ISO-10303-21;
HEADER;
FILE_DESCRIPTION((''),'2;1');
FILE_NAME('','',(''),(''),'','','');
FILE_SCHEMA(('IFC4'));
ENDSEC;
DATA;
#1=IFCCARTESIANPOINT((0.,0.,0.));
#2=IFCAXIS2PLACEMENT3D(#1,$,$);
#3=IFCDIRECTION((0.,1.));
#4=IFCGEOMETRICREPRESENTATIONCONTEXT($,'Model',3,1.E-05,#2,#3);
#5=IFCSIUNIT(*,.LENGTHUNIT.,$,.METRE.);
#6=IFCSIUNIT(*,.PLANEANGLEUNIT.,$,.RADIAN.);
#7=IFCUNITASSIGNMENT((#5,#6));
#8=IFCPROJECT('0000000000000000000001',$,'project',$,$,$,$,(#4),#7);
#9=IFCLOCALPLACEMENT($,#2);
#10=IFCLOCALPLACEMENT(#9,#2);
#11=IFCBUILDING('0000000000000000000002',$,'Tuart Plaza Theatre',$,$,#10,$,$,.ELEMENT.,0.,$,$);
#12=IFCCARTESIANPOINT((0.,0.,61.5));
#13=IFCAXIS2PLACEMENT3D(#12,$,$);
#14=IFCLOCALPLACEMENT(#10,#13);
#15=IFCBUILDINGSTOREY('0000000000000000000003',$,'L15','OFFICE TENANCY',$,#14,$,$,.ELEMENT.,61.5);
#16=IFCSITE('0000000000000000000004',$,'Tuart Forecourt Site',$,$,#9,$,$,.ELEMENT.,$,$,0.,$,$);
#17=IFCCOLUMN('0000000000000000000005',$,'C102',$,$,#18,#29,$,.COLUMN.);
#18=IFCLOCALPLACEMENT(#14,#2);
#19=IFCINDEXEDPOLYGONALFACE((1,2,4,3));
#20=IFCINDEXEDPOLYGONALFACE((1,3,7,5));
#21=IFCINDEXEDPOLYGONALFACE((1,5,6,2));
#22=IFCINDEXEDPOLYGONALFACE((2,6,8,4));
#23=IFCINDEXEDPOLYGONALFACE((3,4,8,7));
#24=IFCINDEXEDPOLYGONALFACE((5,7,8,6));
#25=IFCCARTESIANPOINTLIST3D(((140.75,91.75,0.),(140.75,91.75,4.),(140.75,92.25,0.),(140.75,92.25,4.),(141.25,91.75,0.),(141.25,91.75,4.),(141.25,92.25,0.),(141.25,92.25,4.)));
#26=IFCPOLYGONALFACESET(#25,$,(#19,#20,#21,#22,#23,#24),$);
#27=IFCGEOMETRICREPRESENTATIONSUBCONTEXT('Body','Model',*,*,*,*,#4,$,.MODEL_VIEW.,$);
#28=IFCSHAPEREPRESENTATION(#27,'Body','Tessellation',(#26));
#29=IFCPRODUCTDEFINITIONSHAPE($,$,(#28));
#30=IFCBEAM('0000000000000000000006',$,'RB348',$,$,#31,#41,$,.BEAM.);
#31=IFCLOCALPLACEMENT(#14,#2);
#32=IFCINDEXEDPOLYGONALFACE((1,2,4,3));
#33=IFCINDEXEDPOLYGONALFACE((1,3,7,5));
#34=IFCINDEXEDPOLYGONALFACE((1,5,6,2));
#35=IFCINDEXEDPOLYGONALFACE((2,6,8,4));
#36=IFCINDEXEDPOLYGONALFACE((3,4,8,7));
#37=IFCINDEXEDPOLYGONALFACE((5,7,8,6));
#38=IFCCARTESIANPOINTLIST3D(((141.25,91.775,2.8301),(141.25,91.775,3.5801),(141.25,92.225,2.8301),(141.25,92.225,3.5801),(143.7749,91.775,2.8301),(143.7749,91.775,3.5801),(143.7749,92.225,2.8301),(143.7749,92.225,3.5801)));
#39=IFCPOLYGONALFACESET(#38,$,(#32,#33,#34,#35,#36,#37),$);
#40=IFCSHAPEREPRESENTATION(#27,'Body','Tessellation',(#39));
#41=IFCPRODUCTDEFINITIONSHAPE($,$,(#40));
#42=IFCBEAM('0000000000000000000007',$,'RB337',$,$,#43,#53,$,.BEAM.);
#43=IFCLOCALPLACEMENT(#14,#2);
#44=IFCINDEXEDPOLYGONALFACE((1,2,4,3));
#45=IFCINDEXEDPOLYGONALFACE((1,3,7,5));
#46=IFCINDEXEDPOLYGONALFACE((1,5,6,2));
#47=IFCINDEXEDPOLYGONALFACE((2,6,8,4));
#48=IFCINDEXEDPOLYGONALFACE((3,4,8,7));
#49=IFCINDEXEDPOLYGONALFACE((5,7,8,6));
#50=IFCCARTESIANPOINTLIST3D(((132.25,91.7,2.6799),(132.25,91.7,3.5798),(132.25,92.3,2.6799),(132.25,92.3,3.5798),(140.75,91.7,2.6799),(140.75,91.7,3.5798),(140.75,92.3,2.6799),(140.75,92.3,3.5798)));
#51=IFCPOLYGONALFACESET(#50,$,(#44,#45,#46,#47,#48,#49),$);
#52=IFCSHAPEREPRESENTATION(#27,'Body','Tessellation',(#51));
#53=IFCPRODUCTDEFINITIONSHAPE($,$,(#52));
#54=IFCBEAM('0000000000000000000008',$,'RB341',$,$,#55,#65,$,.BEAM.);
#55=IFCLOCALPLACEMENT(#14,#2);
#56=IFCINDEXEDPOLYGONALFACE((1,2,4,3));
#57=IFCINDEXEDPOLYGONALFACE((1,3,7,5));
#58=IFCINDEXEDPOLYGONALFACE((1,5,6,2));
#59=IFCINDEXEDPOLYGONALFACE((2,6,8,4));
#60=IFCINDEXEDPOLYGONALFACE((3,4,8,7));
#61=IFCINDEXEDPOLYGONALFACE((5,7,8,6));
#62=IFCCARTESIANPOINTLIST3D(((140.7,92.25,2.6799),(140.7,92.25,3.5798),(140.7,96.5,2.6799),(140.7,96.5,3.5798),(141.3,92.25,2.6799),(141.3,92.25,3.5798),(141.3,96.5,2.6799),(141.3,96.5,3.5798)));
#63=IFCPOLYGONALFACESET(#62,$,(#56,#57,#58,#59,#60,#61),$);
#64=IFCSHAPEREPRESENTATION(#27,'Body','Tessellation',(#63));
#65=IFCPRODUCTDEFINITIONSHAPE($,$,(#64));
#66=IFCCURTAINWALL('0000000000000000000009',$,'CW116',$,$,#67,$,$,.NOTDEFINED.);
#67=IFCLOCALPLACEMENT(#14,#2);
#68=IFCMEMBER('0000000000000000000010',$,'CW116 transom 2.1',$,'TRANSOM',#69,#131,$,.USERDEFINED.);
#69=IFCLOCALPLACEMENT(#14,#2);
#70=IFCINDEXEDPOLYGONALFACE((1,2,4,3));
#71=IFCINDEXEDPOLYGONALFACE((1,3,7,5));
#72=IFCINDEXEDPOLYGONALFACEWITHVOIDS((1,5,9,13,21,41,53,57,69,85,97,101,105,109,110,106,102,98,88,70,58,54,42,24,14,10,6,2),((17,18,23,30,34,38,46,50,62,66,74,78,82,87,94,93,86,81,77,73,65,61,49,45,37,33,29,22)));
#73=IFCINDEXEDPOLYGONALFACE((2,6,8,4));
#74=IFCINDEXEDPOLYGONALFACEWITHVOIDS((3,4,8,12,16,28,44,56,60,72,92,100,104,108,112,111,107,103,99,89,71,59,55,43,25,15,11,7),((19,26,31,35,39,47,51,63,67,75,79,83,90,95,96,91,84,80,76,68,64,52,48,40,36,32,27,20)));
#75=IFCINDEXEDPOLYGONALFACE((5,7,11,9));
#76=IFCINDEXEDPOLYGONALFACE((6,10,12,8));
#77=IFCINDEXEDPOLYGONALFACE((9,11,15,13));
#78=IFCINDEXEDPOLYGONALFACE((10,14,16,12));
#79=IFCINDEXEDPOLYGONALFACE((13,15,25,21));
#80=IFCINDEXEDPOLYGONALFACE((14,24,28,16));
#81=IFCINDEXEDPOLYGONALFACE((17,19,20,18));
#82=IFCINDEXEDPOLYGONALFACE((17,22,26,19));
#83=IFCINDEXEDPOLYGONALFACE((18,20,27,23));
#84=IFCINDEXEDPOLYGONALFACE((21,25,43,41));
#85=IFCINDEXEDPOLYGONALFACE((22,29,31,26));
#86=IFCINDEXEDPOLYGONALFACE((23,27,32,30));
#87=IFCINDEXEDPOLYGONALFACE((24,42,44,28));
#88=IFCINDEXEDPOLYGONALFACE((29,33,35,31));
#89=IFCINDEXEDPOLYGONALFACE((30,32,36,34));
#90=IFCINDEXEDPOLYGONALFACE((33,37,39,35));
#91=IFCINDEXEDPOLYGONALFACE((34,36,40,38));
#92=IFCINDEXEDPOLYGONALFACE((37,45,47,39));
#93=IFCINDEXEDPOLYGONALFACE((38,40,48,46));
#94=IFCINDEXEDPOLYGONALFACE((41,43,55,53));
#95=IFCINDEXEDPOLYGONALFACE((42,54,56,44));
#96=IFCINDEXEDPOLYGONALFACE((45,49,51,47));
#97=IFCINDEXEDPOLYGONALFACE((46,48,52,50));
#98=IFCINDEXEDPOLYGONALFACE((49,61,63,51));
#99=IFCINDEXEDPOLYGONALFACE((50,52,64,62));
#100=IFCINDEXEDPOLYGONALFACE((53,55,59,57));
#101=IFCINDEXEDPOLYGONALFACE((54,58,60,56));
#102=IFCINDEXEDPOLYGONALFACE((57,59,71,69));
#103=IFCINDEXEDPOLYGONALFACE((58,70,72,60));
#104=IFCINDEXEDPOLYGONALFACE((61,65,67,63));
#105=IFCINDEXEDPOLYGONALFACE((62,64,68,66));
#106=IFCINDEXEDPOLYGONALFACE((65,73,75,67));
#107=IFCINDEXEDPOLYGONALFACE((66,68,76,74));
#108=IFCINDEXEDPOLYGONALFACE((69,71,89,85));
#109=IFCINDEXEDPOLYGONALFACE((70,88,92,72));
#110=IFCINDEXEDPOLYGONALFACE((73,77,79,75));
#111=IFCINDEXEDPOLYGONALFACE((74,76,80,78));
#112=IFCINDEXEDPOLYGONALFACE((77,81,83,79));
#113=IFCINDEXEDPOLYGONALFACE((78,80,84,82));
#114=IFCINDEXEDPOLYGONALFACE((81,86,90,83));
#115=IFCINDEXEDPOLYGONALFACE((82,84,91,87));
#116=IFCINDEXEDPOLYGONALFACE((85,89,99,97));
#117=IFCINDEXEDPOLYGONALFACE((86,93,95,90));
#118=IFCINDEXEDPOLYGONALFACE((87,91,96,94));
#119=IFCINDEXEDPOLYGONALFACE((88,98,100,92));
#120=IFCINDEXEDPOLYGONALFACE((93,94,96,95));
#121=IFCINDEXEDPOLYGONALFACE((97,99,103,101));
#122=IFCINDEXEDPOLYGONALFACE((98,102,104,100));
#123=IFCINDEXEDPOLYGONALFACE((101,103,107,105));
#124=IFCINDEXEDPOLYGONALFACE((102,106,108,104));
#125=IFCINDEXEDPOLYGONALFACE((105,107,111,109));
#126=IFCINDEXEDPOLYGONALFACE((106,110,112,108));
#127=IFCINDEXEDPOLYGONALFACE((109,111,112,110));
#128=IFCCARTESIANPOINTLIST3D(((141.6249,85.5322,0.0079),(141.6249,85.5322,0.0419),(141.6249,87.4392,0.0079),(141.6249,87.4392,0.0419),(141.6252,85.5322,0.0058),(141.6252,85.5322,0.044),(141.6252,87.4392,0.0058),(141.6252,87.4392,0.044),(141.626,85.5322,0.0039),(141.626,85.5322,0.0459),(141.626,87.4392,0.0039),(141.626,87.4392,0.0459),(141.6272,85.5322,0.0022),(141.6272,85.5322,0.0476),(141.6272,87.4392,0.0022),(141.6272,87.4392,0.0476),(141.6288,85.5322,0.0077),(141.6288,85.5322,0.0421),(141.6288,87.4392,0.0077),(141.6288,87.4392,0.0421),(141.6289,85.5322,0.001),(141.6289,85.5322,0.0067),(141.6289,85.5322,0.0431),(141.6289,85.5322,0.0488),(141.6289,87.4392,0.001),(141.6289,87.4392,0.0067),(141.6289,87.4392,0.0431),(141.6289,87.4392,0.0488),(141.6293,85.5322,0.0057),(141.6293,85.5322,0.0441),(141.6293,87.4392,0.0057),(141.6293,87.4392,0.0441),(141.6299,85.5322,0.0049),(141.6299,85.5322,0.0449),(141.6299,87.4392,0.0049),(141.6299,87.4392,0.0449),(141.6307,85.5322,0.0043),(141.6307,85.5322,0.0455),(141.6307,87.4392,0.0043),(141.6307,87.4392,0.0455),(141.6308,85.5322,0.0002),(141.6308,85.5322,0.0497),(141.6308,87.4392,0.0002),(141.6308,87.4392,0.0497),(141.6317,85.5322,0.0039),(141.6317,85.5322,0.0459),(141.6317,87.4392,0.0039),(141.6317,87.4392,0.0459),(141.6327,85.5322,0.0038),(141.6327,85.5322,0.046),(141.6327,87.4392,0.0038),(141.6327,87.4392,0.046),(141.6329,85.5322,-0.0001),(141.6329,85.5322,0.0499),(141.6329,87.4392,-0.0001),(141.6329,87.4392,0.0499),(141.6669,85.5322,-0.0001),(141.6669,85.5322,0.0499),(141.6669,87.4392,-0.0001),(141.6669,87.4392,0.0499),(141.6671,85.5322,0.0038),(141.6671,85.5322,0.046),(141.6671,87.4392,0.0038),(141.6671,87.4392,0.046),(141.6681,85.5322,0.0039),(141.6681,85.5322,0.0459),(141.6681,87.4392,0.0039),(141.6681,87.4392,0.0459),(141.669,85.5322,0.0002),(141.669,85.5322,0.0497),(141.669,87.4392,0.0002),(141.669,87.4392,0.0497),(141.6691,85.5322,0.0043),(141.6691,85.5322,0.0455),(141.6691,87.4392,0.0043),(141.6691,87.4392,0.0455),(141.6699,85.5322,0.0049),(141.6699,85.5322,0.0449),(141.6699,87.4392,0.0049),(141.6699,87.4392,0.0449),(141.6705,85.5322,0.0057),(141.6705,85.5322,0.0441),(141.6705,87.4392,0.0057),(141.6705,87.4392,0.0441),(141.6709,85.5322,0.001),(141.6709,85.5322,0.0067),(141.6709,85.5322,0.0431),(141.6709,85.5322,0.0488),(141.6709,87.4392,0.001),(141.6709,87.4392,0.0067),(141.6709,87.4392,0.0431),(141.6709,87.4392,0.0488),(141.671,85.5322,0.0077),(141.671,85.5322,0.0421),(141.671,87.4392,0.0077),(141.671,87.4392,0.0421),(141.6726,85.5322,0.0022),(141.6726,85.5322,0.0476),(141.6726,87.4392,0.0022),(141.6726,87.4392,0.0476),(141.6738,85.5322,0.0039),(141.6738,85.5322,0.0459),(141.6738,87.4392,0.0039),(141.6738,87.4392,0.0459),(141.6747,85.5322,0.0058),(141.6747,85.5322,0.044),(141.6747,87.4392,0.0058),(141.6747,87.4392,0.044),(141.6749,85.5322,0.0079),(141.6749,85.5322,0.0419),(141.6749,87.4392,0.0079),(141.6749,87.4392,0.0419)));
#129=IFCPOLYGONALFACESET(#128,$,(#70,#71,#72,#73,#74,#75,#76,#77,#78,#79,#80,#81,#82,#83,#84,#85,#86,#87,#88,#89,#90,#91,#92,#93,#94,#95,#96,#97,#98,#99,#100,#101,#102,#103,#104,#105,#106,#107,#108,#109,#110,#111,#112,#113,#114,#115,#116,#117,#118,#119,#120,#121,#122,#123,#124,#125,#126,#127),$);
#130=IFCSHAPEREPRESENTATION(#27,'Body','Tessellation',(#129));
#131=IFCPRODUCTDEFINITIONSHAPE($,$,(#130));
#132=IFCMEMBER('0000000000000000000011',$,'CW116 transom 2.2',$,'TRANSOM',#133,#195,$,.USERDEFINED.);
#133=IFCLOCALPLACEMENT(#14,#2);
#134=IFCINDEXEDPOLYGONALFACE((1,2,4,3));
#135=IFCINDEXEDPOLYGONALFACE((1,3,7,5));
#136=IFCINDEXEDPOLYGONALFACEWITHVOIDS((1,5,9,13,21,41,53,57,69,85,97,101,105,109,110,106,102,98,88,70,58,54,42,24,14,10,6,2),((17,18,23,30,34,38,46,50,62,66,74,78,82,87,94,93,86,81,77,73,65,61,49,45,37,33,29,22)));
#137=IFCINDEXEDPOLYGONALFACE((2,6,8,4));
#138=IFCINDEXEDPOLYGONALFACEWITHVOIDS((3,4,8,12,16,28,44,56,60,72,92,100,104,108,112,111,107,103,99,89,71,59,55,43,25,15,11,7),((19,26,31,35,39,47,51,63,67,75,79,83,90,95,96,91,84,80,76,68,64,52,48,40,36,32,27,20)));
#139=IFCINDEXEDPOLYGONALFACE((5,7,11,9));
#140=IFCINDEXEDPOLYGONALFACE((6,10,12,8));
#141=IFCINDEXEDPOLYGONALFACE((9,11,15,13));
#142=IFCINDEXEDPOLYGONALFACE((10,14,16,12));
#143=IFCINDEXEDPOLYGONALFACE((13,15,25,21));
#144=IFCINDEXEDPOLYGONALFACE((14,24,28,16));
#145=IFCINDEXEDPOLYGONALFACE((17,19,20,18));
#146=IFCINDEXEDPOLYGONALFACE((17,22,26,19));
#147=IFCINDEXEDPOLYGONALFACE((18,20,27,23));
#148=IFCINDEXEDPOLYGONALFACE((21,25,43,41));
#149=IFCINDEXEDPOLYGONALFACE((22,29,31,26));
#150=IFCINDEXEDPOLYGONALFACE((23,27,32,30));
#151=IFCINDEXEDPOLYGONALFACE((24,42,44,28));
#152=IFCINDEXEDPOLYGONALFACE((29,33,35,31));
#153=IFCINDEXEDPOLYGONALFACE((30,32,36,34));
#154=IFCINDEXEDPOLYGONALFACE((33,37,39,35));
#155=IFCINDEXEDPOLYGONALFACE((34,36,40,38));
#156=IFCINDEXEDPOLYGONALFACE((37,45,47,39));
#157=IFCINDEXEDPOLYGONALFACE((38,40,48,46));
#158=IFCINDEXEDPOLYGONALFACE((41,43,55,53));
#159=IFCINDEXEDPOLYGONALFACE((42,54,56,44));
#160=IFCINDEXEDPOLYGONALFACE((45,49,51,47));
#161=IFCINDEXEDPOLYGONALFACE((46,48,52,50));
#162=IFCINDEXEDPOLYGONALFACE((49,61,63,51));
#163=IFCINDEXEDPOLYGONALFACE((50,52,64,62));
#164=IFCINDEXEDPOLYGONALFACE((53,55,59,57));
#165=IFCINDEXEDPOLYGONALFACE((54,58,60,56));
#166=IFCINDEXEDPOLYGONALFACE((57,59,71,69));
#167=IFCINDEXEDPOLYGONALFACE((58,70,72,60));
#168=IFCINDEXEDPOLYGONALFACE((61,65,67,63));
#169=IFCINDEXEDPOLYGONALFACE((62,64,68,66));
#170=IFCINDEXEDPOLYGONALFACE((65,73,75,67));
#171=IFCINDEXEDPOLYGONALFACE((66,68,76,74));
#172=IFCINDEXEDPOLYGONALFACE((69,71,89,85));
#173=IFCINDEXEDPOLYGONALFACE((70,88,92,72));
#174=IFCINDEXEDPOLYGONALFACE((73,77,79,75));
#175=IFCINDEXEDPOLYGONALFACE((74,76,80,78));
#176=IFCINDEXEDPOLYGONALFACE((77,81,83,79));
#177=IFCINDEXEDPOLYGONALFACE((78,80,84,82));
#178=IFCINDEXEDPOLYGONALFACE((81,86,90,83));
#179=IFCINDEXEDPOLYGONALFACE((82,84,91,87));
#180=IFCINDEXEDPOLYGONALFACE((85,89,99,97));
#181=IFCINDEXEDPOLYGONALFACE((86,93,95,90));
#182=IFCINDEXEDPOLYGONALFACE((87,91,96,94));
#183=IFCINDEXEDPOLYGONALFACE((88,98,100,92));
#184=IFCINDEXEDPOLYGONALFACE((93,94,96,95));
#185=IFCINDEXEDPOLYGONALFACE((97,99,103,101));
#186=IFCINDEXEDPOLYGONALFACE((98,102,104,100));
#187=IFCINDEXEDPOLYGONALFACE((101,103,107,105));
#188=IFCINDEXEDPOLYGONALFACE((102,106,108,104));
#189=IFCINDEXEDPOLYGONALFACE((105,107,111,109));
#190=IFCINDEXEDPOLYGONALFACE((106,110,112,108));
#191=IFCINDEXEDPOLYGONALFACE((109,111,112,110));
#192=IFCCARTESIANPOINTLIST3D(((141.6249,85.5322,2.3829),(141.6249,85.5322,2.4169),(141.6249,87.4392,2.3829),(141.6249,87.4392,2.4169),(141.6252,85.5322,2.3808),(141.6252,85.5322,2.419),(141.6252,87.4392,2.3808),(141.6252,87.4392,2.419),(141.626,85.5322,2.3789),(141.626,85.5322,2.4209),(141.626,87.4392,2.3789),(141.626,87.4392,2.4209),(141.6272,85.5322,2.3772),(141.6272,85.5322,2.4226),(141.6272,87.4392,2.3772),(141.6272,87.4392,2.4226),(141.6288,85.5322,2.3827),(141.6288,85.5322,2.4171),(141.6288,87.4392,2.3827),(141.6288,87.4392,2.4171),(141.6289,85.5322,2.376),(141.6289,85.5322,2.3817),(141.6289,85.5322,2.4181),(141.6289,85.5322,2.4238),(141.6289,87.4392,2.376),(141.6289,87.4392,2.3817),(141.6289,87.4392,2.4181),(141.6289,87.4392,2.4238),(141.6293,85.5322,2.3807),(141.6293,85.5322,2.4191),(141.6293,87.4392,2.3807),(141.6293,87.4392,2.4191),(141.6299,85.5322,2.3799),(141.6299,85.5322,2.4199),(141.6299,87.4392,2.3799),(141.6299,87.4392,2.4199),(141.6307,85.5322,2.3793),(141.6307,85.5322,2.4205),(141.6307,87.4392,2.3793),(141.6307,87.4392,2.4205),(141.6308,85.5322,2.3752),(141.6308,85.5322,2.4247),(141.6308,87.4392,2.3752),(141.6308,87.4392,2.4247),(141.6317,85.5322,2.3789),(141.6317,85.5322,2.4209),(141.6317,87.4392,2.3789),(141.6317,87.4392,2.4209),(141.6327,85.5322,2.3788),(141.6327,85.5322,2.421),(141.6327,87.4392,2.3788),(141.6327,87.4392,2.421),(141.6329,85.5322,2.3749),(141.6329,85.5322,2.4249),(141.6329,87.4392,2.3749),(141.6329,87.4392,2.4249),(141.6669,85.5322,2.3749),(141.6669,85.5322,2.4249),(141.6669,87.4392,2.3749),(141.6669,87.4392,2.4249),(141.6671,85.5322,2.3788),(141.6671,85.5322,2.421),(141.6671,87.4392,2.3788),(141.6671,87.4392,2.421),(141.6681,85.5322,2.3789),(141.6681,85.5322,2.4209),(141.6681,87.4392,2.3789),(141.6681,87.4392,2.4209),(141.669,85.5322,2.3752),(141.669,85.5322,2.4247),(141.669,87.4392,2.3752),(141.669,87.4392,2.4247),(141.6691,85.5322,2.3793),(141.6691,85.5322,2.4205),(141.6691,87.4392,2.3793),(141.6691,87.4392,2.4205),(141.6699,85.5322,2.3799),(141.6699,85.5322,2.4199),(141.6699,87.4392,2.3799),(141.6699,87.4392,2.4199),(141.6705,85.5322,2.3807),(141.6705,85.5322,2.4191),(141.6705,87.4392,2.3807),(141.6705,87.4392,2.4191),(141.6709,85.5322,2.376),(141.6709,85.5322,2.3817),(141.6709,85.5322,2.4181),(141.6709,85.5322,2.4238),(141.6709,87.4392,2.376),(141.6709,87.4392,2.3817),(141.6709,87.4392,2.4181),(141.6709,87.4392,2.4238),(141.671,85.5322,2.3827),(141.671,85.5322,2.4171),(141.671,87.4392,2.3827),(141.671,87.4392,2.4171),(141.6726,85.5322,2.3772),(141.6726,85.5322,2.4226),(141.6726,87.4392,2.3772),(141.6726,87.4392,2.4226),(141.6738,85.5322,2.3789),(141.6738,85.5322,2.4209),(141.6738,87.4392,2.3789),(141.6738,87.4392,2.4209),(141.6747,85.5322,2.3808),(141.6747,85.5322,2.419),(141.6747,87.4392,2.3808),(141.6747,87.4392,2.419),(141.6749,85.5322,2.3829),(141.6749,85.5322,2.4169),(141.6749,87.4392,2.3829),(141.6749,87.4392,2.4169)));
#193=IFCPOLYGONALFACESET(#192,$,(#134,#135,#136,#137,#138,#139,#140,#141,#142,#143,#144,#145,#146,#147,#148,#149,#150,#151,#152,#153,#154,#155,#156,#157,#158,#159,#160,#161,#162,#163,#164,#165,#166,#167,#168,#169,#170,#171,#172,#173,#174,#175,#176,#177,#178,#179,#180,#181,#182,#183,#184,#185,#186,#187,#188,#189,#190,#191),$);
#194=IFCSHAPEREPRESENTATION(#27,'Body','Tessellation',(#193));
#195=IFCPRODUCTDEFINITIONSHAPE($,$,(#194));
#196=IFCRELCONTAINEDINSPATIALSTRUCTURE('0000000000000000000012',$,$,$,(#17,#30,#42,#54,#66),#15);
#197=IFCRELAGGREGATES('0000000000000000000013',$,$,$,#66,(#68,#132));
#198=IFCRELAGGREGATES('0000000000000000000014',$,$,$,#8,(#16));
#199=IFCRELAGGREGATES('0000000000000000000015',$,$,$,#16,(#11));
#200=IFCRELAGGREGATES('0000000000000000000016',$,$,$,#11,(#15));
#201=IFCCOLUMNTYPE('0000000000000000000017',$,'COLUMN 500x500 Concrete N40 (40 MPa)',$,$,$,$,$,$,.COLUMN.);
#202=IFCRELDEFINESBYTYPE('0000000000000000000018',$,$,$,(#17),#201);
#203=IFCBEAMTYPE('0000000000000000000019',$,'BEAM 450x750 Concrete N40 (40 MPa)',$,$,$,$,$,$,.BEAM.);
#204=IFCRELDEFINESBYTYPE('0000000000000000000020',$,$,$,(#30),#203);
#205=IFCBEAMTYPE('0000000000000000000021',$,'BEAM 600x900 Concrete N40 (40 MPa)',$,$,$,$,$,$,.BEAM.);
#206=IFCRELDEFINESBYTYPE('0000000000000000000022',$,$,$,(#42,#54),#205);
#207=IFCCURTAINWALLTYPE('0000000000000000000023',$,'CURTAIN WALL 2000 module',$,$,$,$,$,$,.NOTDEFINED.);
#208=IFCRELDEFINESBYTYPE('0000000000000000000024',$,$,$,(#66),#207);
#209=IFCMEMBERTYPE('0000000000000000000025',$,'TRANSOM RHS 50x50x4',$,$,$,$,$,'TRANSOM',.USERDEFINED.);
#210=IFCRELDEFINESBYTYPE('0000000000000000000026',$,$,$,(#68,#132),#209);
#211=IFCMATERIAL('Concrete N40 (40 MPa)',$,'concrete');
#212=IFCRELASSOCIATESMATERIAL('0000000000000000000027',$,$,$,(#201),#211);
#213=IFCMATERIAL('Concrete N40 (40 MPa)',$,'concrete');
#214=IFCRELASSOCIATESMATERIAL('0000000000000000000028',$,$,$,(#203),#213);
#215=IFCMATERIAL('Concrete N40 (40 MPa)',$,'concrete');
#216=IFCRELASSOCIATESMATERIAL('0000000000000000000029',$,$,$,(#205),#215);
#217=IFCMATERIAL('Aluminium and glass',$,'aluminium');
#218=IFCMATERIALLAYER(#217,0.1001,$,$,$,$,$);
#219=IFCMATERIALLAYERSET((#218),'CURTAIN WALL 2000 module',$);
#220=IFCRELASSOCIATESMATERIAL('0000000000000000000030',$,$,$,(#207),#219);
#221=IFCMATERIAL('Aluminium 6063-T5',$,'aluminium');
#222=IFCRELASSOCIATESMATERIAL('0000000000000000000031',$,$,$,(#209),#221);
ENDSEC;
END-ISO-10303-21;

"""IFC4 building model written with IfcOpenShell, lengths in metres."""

from ifc_helpers import new_model, si_unit, direction, frame, origin, origin_2d, place, context, subcontext, project, spatial, rectangle, hollow_rectangle, extrude, material, layer, layer_set, material_profile, profile_set, type_object, element, aggregate, save


model = new_model("IFC4")

# Units and contexts
model_context = context("Model", 3, precision=1e-05, world=origin(), true_north=direction((0.0, 1.0)))
body_context = subcontext(model_context, "Body", "Model", "MODEL_VIEW")
ifc_project = project(units=[si_unit("LENGTHUNIT", "METRE"), si_unit("PLANEANGLEUNIT", "RADIAN")], contexts=[model_context])

# Site, building, storey
site_placement = place(None, origin())
site = spatial("IfcSite", under=ifc_project, at=site_placement, Name="Tuart Forecourt Site", CompositionType="ELEMENT", RefElevation=0.0)
building_placement = place(site_placement, origin())
building = spatial("IfcBuilding", under=site, at=building_placement, Name="Tuart Plaza Theatre", CompositionType="ELEMENT", ElevationOfRefHeight=0.0)
storey_placement = place(building_placement, frame((0.0, 0.0, 61.5)))
storey = spatial("IfcBuildingStorey", under=building, at=storey_placement, Name="L15", Description="OFFICE TENANCY", CompositionType="ELEMENT", Elevation=61.5)

# Column
ifc_material_1 = material(Name="Concrete N40 (40 MPa)", Category="concrete")
ifc_material_profile_1 = material_profile(ifc_material_1, rectangle(XDim=0.5, YDim=0.5, at=origin_2d()), Name="COLUMN 500x500 Concrete N40 (40 MPa)")
ifc_profile_set_1 = profile_set([ifc_material_profile_1], Name="Concrete N40 (40 MPa)")
column_type = type_object("IfcColumnType", Name="COLUMN 500x500 Concrete N40 (40 MPa)", PredefinedType="COLUMN", material=ifc_profile_set_1)
column_placement = place(storey_placement, frame((141.0, 92.0, 0.0), z_axis=(0.0, 0.0, 1.0), x_axis=(1.0, 0.0, 0.0)))
element("IfcColumn", 1, at=column_placement, inside=storey, type_object=column_type, Name="C102", PredefinedType="COLUMN", context=body_context, shape_type="SweptSolid", body=[
    extrude(rectangle(XDim=0.5, YDim=0.5, at=origin_2d()), origin(), (0.0, 0.0, 1.0), 4.0),
])

# Beams
ifc_material_2 = material(Name="Concrete N40 (40 MPa)", Category="concrete")
ifc_material_profile_2 = material_profile(ifc_material_2, rectangle(XDim=0.45, YDim=0.75, at=origin_2d()), Name="BEAM 450x750 Concrete N40 (40 MPa)")
ifc_profile_set_2 = profile_set([ifc_material_profile_2], Name="Concrete N40 (40 MPa)")
beam_type_1 = type_object("IfcBeamType", Name="BEAM 450x750 Concrete N40 (40 MPa)", PredefinedType="BEAM", material=ifc_profile_set_2)
beam_1_placement = place(storey_placement, frame((141.25, 92.0, 3.2051), z_axis=(1.0, 0.0, 0.0), x_axis=(0.0, 1.0, 0.0)))
element("IfcBeam", 2, at=beam_1_placement, inside=storey, type_object=beam_type_1, Name="RB348", PredefinedType="BEAM", context=body_context, shape_type="SweptSolid", body=[
    extrude(rectangle(XDim=0.45, YDim=0.75, at=origin_2d()), origin(), (0.0, 0.0, 1.0), 2.5249),
])
ifc_material_3 = material(Name="Concrete N40 (40 MPa)", Category="concrete")
ifc_material_profile_3 = material_profile(ifc_material_3, rectangle(XDim=0.6001, YDim=0.8999, at=origin_2d()), Name="BEAM 600x900 Concrete N40 (40 MPa)")
ifc_profile_set_3 = profile_set([ifc_material_profile_3], Name="Concrete N40 (40 MPa)")
beam_type_2 = type_object("IfcBeamType", Name="BEAM 600x900 Concrete N40 (40 MPa)", PredefinedType="BEAM", material=ifc_profile_set_3)
beam_2_placement = place(storey_placement, frame((132.25, 92.0, 3.1299), z_axis=(1.0, 0.0, 0.0), x_axis=(0.0, 1.0, 0.0)))
element("IfcBeam", 3, at=beam_2_placement, inside=storey, type_object=beam_type_2, Name="RB337", PredefinedType="BEAM", context=body_context, shape_type="SweptSolid", body=[
    extrude(rectangle(XDim=0.6001, YDim=0.8999, at=origin_2d()), origin(), (0.0, 0.0, 1.0), 8.5),
])
beam_3_placement = place(storey_placement, frame((141.0, 92.25, 3.1299), z_axis=(0.0, 1.0, 0.0), x_axis=(-1.0, 0.0, 0.0)))
element("IfcBeam", 4, at=beam_3_placement, inside=storey, type_object=beam_type_2, Name="RB341", PredefinedType="BEAM", context=body_context, shape_type="SweptSolid", body=[
    extrude(rectangle(XDim=0.6001, YDim=0.8999, at=origin_2d()), origin(), (0.0, 0.0, 1.0), 4.25),
])

# Curtain wall, members
ifc_material_4 = material(Name="Aluminium and glass", Category="aluminium")
ifc_layer_1 = layer(ifc_material_4, 0.1001)
ifc_layer_set_1 = layer_set([ifc_layer_1], Name="CURTAIN WALL 2000 module")
curtain_wall_type = type_object("IfcCurtainWallType", Name="CURTAIN WALL 2000 module", PredefinedType="NOTDEFINED", material=ifc_layer_set_1)
curtain_wall_placement = place(storey_placement, origin())
curtain_wall = element("IfcCurtainWall", 5, at=curtain_wall_placement, inside=storey, type_object=curtain_wall_type, Name="CW116", PredefinedType="NOTDEFINED")
ifc_material_5 = material(Name="Aluminium 6063-T5", Category="aluminium")
ifc_material_profile_4 = material_profile(ifc_material_5, hollow_rectangle(XDim=0.05, YDim=0.05, WallThickness=0.0039, InnerFilletRadius=0.0039, OuterFilletRadius=0.0081, at=origin_2d()), Name="RHS 50x50x4")
ifc_profile_set_4 = profile_set([ifc_material_profile_4], Name="Aluminium 6063-T5")
member_type = type_object("IfcMemberType", Name="TRANSOM RHS 50x50x4", ElementType="TRANSOM", PredefinedType="USERDEFINED", material=ifc_profile_set_4)
member_1_placement = place(storey_placement, frame((141.6499, 85.5322, 0.0249), z_axis=(0.0, 1.0, 0.0), x_axis=(-1.0, 0.0, 0.0)))
member_1 = element("IfcMember", 6, at=member_1_placement, type_object=member_type, Name="CW116 transom 2.1", ObjectType="TRANSOM", PredefinedType="USERDEFINED", context=body_context, shape_type="SweptSolid", body=[
    extrude(hollow_rectangle(XDim=0.05, YDim=0.05, WallThickness=0.0039, InnerFilletRadius=0.0039, OuterFilletRadius=0.0081, at=origin_2d()), origin(), (0.0, 0.0, 1.0), 1.907),
])
member_2_placement = place(storey_placement, frame((141.6499, 85.5322, 2.3999), z_axis=(0.0, 1.0, 0.0), x_axis=(-1.0, 0.0, 0.0)))
member_2 = element("IfcMember", 7, at=member_2_placement, type_object=member_type, Name="CW116 transom 2.2", ObjectType="TRANSOM", PredefinedType="USERDEFINED", context=body_context, shape_type="SweptSolid", body=[
    extrude(hollow_rectangle(XDim=0.05, YDim=0.05, WallThickness=0.0039, InnerFilletRadius=0.0039, OuterFilletRadius=0.0081, at=origin_2d()), origin(), (0.0, 0.0, 1.0), 1.907),
])
aggregate(curtain_wall, [member_1, member_2])

save(model, "model.ifc")
